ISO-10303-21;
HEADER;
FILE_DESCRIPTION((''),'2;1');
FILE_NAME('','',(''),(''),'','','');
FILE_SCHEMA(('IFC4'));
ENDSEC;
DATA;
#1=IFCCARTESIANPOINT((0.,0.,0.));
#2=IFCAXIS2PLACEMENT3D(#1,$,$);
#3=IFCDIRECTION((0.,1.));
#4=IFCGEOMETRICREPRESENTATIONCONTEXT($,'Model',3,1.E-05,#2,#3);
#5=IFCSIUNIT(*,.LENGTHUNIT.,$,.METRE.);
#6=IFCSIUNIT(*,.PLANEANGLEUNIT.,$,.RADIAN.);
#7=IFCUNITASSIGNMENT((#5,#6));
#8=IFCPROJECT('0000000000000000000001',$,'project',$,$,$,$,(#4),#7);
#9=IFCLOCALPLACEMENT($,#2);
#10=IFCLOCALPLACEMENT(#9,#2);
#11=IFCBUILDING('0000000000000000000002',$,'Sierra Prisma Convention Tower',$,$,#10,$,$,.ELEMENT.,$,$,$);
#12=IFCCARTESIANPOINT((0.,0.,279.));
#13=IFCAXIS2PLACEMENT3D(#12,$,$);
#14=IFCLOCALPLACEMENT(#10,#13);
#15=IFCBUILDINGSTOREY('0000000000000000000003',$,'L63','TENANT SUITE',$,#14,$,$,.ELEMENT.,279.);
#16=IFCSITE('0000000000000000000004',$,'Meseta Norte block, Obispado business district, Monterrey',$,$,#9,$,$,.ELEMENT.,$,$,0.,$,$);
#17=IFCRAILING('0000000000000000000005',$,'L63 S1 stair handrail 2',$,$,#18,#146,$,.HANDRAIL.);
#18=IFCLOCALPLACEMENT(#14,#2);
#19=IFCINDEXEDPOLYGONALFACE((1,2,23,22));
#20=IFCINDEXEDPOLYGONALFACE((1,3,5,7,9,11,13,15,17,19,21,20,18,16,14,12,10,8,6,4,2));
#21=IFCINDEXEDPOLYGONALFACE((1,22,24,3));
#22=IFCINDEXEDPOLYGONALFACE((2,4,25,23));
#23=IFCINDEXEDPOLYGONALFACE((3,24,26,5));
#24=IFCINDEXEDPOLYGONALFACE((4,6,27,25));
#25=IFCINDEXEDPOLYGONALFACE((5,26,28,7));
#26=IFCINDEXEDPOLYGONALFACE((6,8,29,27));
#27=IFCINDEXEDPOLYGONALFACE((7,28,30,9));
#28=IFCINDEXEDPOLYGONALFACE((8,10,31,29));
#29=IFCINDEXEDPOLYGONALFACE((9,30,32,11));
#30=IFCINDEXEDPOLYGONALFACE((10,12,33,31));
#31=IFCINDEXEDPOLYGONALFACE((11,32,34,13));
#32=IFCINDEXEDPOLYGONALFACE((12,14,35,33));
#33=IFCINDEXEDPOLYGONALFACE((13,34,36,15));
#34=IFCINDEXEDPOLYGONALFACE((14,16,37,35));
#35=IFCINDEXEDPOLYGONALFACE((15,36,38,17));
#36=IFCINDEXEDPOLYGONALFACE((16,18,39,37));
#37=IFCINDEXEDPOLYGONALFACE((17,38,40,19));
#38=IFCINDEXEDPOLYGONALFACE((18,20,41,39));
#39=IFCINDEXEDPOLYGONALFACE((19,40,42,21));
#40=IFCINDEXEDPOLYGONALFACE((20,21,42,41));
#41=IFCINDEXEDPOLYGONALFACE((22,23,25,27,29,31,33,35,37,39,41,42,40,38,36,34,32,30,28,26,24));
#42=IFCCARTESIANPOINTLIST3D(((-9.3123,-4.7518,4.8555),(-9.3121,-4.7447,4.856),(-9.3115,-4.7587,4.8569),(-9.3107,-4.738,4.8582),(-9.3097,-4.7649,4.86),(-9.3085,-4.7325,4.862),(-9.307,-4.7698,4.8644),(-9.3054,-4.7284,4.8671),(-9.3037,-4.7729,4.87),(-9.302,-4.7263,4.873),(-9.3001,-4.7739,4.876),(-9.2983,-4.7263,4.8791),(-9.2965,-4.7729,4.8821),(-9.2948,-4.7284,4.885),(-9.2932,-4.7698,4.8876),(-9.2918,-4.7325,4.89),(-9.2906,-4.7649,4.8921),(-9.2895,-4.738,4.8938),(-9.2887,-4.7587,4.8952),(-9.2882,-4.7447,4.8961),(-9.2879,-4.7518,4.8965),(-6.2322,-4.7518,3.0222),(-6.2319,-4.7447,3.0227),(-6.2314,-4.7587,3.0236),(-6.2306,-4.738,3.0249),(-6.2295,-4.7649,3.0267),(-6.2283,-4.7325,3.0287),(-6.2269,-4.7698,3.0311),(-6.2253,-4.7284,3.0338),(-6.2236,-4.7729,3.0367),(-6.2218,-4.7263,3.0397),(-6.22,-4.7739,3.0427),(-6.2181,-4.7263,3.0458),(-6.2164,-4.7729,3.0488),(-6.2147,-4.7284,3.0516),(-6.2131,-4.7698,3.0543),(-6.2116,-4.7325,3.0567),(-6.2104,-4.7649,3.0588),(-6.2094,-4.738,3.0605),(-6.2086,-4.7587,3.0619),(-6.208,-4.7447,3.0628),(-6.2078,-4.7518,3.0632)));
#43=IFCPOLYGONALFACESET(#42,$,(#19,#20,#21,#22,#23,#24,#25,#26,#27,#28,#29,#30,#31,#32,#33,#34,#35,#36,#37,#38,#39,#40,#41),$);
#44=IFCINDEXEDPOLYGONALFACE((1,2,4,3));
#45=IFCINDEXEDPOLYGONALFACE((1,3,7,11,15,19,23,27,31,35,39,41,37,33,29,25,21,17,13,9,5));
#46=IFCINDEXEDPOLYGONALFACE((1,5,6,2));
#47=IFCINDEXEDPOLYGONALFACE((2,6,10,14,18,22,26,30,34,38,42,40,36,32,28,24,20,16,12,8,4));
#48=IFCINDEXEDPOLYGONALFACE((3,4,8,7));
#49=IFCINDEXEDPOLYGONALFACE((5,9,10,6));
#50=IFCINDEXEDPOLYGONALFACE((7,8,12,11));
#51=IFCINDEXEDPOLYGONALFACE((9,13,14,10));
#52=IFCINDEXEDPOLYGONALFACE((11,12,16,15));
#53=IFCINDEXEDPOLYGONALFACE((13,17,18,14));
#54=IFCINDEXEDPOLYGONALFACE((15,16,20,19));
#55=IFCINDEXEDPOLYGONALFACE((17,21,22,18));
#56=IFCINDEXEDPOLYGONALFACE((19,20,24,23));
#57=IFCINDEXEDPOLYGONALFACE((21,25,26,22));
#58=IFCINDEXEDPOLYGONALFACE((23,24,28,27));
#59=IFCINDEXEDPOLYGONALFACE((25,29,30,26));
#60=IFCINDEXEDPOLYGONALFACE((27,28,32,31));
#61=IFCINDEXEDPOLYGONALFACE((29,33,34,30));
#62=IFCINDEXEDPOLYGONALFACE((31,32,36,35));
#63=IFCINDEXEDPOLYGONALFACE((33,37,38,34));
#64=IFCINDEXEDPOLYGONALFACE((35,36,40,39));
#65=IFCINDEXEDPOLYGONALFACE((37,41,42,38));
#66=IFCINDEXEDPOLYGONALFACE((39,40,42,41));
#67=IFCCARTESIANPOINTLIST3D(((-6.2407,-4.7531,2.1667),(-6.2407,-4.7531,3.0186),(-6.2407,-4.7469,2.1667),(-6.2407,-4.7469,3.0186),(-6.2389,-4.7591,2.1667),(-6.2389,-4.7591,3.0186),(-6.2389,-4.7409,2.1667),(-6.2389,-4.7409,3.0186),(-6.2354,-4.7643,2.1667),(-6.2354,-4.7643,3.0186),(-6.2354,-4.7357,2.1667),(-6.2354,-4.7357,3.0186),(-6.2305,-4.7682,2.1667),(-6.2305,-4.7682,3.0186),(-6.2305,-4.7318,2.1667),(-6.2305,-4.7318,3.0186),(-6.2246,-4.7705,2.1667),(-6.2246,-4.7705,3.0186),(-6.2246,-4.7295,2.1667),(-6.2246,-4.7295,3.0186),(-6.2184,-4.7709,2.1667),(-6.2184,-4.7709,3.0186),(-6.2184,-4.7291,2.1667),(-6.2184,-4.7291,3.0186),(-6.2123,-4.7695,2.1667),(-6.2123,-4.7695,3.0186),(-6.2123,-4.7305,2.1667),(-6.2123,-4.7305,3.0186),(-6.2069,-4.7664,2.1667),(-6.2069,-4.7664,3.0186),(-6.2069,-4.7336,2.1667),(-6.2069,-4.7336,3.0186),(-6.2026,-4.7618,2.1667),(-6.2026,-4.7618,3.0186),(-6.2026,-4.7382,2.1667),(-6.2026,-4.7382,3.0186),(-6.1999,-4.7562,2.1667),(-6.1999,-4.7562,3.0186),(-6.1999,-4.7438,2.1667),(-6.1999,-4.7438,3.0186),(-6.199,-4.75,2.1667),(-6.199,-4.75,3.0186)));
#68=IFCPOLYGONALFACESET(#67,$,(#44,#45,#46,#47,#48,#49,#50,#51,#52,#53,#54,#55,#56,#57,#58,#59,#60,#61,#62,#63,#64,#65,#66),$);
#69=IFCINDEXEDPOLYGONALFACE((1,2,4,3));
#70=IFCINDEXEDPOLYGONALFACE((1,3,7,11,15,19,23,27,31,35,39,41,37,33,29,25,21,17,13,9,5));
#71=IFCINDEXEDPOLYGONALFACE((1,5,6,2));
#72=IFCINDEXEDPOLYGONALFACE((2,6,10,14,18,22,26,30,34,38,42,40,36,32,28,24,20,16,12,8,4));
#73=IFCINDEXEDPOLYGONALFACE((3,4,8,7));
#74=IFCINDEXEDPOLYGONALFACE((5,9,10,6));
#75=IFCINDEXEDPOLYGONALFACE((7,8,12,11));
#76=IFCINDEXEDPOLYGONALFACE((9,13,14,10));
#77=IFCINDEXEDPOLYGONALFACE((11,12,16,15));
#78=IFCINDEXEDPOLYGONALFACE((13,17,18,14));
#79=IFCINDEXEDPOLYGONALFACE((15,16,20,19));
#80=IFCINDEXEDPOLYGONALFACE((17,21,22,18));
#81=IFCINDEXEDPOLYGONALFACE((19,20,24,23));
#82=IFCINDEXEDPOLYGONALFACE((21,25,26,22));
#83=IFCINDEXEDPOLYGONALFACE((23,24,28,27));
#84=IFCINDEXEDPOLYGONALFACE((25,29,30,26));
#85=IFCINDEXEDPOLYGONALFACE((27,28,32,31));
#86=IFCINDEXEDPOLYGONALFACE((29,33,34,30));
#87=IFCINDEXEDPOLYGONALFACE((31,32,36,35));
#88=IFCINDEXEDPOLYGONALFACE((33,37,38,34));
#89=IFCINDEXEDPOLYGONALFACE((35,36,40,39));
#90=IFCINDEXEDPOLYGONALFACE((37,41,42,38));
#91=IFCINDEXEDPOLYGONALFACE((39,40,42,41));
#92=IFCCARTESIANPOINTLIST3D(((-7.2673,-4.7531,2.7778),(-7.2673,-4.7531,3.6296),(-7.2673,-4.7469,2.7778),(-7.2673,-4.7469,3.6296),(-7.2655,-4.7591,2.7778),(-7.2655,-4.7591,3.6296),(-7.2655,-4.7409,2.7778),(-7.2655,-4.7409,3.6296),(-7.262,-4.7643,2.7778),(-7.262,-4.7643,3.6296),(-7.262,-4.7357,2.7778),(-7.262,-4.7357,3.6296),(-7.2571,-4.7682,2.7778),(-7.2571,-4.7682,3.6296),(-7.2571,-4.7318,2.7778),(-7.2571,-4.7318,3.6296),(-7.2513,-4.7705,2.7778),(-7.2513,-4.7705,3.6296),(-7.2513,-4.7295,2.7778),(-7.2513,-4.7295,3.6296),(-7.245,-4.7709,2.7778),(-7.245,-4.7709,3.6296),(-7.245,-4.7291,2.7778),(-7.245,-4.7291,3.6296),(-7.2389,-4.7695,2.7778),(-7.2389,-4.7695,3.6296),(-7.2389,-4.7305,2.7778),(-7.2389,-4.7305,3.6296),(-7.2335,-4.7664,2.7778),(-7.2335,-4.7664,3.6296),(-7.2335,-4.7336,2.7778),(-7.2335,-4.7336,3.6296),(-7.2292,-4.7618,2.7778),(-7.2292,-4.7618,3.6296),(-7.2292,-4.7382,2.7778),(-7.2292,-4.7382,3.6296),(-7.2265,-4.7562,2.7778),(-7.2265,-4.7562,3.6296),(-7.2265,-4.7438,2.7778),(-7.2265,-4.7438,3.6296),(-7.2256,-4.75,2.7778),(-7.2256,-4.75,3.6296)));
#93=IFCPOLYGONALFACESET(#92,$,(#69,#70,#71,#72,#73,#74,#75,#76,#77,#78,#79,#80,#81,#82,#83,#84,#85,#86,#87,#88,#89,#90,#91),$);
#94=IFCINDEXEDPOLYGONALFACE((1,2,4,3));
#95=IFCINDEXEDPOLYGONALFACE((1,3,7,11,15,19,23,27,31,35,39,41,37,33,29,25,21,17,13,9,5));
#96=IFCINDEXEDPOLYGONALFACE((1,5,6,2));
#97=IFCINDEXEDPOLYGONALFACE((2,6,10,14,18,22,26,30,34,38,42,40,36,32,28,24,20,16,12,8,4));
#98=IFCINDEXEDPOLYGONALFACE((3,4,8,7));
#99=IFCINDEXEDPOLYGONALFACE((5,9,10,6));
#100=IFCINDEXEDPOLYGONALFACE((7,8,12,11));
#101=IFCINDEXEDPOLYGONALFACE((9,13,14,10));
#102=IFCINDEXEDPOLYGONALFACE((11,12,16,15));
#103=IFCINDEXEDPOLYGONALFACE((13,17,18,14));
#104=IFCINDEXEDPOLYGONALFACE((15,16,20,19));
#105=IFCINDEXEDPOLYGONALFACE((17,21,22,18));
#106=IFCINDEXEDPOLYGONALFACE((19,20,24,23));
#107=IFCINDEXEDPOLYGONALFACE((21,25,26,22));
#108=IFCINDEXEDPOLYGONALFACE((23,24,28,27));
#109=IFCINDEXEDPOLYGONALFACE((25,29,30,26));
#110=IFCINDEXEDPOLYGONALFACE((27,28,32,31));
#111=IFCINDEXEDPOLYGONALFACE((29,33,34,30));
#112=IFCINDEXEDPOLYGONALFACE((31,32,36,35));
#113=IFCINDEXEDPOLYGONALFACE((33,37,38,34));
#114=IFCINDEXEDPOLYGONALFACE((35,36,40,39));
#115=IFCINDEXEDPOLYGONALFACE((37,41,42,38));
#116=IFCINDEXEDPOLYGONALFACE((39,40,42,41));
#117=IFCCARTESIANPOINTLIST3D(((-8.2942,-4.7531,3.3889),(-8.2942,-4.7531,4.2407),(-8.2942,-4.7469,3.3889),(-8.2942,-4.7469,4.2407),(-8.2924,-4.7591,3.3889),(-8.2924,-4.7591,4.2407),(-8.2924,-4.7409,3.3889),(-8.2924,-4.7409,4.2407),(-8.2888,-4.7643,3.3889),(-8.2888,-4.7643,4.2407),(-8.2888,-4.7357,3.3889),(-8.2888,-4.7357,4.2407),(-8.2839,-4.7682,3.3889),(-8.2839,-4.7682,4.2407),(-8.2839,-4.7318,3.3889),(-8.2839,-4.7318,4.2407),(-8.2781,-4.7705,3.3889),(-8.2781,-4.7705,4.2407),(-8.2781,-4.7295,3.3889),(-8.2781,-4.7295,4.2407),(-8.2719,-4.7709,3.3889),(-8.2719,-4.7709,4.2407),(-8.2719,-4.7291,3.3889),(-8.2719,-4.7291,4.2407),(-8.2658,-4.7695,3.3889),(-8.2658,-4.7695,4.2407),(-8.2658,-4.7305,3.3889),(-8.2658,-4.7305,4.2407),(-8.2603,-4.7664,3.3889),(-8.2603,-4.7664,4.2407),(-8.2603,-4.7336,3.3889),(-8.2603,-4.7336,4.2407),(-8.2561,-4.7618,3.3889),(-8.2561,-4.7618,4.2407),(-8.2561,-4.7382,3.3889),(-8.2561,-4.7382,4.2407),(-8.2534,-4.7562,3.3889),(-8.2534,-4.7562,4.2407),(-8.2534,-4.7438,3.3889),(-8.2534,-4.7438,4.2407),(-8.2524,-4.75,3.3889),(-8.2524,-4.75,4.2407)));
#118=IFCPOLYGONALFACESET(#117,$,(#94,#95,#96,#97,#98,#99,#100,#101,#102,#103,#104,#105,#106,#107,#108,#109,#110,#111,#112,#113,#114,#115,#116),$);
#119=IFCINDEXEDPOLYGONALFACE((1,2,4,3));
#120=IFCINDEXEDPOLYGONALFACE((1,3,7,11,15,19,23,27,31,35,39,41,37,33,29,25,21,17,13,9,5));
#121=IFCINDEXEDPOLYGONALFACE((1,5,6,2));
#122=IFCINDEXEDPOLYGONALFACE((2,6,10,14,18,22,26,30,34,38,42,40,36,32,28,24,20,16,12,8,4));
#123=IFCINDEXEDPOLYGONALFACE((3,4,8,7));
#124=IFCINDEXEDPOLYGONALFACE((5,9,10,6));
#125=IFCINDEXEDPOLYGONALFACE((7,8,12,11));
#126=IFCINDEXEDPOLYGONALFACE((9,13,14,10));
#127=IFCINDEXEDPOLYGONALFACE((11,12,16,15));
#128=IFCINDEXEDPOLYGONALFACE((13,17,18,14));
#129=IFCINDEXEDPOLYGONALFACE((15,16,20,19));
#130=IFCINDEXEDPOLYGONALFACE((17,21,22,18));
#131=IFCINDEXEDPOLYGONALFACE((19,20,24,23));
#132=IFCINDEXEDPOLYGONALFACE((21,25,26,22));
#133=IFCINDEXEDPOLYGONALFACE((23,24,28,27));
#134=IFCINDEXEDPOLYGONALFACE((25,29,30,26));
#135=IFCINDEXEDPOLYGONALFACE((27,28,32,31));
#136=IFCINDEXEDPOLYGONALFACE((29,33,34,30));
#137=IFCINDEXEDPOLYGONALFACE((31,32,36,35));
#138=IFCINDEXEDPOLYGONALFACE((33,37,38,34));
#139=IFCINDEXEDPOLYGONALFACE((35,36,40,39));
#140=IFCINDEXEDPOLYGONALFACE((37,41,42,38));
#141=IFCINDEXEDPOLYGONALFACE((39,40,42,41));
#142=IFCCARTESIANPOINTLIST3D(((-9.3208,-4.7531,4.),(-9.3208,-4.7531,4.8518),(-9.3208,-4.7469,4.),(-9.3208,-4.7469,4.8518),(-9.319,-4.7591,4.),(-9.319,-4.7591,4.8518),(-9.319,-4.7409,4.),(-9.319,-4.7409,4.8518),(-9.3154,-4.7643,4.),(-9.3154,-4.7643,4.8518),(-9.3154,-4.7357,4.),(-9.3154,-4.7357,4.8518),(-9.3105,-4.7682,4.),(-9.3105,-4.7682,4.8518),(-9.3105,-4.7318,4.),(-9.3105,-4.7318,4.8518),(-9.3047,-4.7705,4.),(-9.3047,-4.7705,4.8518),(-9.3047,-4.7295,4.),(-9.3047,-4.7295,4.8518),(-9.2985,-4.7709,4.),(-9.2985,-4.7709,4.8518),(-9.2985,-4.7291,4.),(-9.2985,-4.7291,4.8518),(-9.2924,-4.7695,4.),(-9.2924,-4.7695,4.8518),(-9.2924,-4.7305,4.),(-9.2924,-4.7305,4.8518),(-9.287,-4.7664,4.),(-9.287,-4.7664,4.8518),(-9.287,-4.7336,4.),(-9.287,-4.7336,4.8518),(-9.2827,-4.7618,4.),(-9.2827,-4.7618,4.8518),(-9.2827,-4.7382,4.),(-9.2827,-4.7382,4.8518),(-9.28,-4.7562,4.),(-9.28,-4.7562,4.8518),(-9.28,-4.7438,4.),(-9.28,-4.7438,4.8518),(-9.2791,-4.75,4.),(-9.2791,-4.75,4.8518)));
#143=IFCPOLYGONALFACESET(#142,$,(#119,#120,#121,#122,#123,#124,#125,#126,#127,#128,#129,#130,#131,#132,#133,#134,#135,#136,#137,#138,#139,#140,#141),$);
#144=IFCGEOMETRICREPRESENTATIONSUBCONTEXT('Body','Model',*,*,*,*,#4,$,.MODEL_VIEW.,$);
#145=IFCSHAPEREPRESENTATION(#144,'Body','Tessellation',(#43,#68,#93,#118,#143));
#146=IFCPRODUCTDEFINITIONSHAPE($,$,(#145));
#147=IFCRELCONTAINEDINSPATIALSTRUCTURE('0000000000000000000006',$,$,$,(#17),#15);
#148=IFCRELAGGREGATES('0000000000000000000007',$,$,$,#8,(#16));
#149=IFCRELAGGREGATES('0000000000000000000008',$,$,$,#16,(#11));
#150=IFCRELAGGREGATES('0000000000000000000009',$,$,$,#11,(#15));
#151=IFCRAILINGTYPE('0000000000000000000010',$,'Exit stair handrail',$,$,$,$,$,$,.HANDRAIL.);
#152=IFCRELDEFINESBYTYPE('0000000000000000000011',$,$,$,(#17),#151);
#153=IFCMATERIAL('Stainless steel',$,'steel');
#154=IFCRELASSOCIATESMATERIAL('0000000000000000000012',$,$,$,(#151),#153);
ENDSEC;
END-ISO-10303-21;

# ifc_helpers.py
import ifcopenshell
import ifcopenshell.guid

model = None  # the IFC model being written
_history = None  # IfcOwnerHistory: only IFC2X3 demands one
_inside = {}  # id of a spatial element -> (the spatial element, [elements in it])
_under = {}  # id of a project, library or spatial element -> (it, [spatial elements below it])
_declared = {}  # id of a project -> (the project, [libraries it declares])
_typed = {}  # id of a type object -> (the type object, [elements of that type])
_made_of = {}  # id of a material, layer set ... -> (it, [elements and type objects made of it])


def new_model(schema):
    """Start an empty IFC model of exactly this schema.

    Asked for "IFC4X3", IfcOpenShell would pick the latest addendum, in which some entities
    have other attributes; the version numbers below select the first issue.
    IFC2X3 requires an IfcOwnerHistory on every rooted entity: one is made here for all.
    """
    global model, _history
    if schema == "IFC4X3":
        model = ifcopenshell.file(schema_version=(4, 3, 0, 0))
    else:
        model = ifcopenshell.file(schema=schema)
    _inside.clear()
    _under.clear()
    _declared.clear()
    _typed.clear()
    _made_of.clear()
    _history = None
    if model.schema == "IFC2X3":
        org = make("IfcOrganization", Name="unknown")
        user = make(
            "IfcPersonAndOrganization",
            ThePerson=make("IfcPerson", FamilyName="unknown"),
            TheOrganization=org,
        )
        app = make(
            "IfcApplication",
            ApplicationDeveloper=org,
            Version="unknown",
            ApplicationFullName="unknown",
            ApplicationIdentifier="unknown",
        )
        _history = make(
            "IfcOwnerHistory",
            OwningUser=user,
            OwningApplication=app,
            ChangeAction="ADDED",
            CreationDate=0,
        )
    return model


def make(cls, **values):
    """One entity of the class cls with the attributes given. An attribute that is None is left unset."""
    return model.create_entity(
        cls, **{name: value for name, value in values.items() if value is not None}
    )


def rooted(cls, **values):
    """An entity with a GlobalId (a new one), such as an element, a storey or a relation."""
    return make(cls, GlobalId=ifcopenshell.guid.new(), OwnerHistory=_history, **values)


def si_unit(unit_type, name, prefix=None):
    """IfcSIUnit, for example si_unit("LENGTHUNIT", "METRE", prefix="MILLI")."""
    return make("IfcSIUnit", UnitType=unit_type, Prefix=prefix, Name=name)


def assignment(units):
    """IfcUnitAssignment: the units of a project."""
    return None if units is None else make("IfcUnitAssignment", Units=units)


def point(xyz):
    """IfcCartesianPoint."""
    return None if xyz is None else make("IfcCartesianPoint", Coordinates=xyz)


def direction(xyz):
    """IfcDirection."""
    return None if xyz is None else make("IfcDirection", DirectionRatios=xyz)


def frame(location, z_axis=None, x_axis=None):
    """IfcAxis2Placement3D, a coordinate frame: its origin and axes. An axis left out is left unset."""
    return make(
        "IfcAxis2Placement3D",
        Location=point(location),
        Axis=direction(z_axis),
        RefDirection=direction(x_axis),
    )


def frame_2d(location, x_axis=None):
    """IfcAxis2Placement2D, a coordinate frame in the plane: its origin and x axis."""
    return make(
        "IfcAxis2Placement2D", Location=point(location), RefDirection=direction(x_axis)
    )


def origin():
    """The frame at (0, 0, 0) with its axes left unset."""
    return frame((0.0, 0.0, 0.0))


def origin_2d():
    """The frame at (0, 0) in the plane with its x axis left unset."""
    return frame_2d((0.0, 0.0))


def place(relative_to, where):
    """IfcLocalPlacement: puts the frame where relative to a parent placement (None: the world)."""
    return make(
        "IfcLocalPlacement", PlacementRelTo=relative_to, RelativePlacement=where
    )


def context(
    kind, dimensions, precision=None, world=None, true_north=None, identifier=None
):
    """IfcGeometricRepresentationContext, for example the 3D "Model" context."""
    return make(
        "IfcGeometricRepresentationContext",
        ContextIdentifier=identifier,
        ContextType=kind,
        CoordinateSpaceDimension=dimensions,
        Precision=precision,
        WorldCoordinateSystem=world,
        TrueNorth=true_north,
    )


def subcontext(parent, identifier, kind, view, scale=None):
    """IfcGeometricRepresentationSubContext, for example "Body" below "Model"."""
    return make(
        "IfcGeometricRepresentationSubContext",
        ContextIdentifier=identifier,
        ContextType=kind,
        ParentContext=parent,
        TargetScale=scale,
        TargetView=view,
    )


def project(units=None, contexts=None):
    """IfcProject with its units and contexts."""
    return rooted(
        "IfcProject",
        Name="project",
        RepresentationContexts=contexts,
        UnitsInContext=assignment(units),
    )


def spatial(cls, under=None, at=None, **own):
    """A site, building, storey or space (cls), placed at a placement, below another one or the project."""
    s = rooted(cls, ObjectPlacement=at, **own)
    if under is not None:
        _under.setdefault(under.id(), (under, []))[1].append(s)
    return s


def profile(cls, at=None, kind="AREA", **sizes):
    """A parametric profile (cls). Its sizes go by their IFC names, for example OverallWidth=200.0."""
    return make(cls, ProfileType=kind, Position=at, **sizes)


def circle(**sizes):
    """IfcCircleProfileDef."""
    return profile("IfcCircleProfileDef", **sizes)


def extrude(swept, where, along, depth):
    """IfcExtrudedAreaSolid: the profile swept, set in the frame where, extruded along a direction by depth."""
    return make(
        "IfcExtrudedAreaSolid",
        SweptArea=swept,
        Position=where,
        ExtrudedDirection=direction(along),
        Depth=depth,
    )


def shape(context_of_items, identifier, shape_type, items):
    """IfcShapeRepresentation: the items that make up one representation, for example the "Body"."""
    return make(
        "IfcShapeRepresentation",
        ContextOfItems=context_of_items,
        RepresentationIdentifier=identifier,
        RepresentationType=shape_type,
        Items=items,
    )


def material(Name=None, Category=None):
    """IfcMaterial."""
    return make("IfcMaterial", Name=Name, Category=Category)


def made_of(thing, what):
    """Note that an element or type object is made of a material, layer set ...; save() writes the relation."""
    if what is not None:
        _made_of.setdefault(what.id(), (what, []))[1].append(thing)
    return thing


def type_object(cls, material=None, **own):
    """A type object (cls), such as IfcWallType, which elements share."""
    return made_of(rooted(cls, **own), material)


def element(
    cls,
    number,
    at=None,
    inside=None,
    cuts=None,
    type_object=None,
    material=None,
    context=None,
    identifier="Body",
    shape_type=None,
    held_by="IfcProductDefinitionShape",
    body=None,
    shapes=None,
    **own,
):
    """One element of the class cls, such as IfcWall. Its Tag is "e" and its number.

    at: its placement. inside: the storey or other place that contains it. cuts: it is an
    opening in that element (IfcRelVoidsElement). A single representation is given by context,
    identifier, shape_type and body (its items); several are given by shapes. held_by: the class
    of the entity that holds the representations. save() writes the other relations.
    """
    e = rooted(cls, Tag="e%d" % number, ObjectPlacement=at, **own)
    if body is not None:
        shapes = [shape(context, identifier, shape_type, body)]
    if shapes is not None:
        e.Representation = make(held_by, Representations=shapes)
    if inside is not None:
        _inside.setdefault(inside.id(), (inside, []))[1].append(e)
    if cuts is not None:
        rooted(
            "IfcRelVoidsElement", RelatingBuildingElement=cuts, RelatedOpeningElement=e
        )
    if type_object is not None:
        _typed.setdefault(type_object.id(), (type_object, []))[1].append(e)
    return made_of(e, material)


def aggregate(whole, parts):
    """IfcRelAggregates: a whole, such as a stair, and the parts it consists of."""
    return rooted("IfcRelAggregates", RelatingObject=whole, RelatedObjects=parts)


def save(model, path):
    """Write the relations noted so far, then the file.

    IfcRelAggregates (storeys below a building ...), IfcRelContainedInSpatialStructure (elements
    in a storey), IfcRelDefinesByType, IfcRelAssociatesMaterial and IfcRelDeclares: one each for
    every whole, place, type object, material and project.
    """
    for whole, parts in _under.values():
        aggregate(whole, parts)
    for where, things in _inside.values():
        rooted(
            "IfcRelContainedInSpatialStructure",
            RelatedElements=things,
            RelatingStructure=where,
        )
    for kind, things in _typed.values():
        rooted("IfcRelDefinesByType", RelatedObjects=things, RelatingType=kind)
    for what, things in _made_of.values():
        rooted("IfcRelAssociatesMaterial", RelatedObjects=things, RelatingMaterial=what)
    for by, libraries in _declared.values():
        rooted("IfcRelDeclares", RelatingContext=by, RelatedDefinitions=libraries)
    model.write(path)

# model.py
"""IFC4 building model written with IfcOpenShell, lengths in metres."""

from ifc_helpers import new_model, si_unit, direction, frame, origin, origin_2d, place, context, subcontext, project, spatial, circle, extrude, material, type_object, element, save


model = new_model("IFC4")

# Units and contexts
model_context = context("Model", 3, precision=1e-05, world=origin(), true_north=direction((0.0, 1.0)))
body_context = subcontext(model_context, "Body", "Model", "MODEL_VIEW")
ifc_project = project(units=[si_unit("LENGTHUNIT", "METRE"), si_unit("PLANEANGLEUNIT", "RADIAN")], contexts=[model_context])

# Site, building, storey
site_placement = place(None, origin())
site = spatial("IfcSite", under=ifc_project, at=site_placement, Name="Meseta Norte block, Obispado business district, Monterrey", CompositionType="ELEMENT", RefElevation=0.0)
building_placement = place(site_placement, origin())
building = spatial("IfcBuilding", under=site, at=building_placement, Name="Sierra Prisma Convention Tower", CompositionType="ELEMENT")
storey_placement = place(building_placement, frame((0.0, 0.0, 279.0)))
storey = spatial("IfcBuildingStorey", under=building, at=storey_placement, Name="L63", Description="TENANT SUITE", CompositionType="ELEMENT", Elevation=279.0)

# Railing
ifc_material_1 = material(Name="Stainless steel", Category="steel")
railing_type_1 = type_object("IfcRailingType", Name="Exit stair handrail", PredefinedType="HANDRAIL", material=ifc_material_1)
railing_1_placement = place(storey_placement, frame((-6.22, -4.75, 2.1667)))
element("IfcRailing", 1, at=railing_1_placement, inside=storey, type_object=railing_type_1, Name="L63 S1 stair handrail 2", PredefinedType="HANDRAIL", context=body_context, shape_type="SweptSolid", body=[
    extrude(circle(Radius=0.0239, at=origin_2d()), frame((0.0, 0.0, 0.876), z_axis=(-0.859309, 0.0, 0.511458), x_axis=(0.0, -1.0, 0.0)), (0.0, 0.0, 1.0), 3.5845),
    extrude(circle(Radius=0.021, at=origin_2d()), origin(), (0.0, 0.0, 1.0), 0.8518),
    extrude(circle(Radius=0.021, at=origin_2d()), frame((-1.0266, 0.0, 0.6111)), (0.0, 0.0, 1.0), 0.8518),
    extrude(circle(Radius=0.021, at=origin_2d()), frame((-2.0535, 0.0, 1.2222)), (0.0, 0.0, 1.0), 0.8518),
    extrude(circle(Radius=0.021, at=origin_2d()), frame((-3.0801, 0.0, 1.8333)), (0.0, 0.0, 1.0), 0.8518),
])

save(model, "model.ifc")
